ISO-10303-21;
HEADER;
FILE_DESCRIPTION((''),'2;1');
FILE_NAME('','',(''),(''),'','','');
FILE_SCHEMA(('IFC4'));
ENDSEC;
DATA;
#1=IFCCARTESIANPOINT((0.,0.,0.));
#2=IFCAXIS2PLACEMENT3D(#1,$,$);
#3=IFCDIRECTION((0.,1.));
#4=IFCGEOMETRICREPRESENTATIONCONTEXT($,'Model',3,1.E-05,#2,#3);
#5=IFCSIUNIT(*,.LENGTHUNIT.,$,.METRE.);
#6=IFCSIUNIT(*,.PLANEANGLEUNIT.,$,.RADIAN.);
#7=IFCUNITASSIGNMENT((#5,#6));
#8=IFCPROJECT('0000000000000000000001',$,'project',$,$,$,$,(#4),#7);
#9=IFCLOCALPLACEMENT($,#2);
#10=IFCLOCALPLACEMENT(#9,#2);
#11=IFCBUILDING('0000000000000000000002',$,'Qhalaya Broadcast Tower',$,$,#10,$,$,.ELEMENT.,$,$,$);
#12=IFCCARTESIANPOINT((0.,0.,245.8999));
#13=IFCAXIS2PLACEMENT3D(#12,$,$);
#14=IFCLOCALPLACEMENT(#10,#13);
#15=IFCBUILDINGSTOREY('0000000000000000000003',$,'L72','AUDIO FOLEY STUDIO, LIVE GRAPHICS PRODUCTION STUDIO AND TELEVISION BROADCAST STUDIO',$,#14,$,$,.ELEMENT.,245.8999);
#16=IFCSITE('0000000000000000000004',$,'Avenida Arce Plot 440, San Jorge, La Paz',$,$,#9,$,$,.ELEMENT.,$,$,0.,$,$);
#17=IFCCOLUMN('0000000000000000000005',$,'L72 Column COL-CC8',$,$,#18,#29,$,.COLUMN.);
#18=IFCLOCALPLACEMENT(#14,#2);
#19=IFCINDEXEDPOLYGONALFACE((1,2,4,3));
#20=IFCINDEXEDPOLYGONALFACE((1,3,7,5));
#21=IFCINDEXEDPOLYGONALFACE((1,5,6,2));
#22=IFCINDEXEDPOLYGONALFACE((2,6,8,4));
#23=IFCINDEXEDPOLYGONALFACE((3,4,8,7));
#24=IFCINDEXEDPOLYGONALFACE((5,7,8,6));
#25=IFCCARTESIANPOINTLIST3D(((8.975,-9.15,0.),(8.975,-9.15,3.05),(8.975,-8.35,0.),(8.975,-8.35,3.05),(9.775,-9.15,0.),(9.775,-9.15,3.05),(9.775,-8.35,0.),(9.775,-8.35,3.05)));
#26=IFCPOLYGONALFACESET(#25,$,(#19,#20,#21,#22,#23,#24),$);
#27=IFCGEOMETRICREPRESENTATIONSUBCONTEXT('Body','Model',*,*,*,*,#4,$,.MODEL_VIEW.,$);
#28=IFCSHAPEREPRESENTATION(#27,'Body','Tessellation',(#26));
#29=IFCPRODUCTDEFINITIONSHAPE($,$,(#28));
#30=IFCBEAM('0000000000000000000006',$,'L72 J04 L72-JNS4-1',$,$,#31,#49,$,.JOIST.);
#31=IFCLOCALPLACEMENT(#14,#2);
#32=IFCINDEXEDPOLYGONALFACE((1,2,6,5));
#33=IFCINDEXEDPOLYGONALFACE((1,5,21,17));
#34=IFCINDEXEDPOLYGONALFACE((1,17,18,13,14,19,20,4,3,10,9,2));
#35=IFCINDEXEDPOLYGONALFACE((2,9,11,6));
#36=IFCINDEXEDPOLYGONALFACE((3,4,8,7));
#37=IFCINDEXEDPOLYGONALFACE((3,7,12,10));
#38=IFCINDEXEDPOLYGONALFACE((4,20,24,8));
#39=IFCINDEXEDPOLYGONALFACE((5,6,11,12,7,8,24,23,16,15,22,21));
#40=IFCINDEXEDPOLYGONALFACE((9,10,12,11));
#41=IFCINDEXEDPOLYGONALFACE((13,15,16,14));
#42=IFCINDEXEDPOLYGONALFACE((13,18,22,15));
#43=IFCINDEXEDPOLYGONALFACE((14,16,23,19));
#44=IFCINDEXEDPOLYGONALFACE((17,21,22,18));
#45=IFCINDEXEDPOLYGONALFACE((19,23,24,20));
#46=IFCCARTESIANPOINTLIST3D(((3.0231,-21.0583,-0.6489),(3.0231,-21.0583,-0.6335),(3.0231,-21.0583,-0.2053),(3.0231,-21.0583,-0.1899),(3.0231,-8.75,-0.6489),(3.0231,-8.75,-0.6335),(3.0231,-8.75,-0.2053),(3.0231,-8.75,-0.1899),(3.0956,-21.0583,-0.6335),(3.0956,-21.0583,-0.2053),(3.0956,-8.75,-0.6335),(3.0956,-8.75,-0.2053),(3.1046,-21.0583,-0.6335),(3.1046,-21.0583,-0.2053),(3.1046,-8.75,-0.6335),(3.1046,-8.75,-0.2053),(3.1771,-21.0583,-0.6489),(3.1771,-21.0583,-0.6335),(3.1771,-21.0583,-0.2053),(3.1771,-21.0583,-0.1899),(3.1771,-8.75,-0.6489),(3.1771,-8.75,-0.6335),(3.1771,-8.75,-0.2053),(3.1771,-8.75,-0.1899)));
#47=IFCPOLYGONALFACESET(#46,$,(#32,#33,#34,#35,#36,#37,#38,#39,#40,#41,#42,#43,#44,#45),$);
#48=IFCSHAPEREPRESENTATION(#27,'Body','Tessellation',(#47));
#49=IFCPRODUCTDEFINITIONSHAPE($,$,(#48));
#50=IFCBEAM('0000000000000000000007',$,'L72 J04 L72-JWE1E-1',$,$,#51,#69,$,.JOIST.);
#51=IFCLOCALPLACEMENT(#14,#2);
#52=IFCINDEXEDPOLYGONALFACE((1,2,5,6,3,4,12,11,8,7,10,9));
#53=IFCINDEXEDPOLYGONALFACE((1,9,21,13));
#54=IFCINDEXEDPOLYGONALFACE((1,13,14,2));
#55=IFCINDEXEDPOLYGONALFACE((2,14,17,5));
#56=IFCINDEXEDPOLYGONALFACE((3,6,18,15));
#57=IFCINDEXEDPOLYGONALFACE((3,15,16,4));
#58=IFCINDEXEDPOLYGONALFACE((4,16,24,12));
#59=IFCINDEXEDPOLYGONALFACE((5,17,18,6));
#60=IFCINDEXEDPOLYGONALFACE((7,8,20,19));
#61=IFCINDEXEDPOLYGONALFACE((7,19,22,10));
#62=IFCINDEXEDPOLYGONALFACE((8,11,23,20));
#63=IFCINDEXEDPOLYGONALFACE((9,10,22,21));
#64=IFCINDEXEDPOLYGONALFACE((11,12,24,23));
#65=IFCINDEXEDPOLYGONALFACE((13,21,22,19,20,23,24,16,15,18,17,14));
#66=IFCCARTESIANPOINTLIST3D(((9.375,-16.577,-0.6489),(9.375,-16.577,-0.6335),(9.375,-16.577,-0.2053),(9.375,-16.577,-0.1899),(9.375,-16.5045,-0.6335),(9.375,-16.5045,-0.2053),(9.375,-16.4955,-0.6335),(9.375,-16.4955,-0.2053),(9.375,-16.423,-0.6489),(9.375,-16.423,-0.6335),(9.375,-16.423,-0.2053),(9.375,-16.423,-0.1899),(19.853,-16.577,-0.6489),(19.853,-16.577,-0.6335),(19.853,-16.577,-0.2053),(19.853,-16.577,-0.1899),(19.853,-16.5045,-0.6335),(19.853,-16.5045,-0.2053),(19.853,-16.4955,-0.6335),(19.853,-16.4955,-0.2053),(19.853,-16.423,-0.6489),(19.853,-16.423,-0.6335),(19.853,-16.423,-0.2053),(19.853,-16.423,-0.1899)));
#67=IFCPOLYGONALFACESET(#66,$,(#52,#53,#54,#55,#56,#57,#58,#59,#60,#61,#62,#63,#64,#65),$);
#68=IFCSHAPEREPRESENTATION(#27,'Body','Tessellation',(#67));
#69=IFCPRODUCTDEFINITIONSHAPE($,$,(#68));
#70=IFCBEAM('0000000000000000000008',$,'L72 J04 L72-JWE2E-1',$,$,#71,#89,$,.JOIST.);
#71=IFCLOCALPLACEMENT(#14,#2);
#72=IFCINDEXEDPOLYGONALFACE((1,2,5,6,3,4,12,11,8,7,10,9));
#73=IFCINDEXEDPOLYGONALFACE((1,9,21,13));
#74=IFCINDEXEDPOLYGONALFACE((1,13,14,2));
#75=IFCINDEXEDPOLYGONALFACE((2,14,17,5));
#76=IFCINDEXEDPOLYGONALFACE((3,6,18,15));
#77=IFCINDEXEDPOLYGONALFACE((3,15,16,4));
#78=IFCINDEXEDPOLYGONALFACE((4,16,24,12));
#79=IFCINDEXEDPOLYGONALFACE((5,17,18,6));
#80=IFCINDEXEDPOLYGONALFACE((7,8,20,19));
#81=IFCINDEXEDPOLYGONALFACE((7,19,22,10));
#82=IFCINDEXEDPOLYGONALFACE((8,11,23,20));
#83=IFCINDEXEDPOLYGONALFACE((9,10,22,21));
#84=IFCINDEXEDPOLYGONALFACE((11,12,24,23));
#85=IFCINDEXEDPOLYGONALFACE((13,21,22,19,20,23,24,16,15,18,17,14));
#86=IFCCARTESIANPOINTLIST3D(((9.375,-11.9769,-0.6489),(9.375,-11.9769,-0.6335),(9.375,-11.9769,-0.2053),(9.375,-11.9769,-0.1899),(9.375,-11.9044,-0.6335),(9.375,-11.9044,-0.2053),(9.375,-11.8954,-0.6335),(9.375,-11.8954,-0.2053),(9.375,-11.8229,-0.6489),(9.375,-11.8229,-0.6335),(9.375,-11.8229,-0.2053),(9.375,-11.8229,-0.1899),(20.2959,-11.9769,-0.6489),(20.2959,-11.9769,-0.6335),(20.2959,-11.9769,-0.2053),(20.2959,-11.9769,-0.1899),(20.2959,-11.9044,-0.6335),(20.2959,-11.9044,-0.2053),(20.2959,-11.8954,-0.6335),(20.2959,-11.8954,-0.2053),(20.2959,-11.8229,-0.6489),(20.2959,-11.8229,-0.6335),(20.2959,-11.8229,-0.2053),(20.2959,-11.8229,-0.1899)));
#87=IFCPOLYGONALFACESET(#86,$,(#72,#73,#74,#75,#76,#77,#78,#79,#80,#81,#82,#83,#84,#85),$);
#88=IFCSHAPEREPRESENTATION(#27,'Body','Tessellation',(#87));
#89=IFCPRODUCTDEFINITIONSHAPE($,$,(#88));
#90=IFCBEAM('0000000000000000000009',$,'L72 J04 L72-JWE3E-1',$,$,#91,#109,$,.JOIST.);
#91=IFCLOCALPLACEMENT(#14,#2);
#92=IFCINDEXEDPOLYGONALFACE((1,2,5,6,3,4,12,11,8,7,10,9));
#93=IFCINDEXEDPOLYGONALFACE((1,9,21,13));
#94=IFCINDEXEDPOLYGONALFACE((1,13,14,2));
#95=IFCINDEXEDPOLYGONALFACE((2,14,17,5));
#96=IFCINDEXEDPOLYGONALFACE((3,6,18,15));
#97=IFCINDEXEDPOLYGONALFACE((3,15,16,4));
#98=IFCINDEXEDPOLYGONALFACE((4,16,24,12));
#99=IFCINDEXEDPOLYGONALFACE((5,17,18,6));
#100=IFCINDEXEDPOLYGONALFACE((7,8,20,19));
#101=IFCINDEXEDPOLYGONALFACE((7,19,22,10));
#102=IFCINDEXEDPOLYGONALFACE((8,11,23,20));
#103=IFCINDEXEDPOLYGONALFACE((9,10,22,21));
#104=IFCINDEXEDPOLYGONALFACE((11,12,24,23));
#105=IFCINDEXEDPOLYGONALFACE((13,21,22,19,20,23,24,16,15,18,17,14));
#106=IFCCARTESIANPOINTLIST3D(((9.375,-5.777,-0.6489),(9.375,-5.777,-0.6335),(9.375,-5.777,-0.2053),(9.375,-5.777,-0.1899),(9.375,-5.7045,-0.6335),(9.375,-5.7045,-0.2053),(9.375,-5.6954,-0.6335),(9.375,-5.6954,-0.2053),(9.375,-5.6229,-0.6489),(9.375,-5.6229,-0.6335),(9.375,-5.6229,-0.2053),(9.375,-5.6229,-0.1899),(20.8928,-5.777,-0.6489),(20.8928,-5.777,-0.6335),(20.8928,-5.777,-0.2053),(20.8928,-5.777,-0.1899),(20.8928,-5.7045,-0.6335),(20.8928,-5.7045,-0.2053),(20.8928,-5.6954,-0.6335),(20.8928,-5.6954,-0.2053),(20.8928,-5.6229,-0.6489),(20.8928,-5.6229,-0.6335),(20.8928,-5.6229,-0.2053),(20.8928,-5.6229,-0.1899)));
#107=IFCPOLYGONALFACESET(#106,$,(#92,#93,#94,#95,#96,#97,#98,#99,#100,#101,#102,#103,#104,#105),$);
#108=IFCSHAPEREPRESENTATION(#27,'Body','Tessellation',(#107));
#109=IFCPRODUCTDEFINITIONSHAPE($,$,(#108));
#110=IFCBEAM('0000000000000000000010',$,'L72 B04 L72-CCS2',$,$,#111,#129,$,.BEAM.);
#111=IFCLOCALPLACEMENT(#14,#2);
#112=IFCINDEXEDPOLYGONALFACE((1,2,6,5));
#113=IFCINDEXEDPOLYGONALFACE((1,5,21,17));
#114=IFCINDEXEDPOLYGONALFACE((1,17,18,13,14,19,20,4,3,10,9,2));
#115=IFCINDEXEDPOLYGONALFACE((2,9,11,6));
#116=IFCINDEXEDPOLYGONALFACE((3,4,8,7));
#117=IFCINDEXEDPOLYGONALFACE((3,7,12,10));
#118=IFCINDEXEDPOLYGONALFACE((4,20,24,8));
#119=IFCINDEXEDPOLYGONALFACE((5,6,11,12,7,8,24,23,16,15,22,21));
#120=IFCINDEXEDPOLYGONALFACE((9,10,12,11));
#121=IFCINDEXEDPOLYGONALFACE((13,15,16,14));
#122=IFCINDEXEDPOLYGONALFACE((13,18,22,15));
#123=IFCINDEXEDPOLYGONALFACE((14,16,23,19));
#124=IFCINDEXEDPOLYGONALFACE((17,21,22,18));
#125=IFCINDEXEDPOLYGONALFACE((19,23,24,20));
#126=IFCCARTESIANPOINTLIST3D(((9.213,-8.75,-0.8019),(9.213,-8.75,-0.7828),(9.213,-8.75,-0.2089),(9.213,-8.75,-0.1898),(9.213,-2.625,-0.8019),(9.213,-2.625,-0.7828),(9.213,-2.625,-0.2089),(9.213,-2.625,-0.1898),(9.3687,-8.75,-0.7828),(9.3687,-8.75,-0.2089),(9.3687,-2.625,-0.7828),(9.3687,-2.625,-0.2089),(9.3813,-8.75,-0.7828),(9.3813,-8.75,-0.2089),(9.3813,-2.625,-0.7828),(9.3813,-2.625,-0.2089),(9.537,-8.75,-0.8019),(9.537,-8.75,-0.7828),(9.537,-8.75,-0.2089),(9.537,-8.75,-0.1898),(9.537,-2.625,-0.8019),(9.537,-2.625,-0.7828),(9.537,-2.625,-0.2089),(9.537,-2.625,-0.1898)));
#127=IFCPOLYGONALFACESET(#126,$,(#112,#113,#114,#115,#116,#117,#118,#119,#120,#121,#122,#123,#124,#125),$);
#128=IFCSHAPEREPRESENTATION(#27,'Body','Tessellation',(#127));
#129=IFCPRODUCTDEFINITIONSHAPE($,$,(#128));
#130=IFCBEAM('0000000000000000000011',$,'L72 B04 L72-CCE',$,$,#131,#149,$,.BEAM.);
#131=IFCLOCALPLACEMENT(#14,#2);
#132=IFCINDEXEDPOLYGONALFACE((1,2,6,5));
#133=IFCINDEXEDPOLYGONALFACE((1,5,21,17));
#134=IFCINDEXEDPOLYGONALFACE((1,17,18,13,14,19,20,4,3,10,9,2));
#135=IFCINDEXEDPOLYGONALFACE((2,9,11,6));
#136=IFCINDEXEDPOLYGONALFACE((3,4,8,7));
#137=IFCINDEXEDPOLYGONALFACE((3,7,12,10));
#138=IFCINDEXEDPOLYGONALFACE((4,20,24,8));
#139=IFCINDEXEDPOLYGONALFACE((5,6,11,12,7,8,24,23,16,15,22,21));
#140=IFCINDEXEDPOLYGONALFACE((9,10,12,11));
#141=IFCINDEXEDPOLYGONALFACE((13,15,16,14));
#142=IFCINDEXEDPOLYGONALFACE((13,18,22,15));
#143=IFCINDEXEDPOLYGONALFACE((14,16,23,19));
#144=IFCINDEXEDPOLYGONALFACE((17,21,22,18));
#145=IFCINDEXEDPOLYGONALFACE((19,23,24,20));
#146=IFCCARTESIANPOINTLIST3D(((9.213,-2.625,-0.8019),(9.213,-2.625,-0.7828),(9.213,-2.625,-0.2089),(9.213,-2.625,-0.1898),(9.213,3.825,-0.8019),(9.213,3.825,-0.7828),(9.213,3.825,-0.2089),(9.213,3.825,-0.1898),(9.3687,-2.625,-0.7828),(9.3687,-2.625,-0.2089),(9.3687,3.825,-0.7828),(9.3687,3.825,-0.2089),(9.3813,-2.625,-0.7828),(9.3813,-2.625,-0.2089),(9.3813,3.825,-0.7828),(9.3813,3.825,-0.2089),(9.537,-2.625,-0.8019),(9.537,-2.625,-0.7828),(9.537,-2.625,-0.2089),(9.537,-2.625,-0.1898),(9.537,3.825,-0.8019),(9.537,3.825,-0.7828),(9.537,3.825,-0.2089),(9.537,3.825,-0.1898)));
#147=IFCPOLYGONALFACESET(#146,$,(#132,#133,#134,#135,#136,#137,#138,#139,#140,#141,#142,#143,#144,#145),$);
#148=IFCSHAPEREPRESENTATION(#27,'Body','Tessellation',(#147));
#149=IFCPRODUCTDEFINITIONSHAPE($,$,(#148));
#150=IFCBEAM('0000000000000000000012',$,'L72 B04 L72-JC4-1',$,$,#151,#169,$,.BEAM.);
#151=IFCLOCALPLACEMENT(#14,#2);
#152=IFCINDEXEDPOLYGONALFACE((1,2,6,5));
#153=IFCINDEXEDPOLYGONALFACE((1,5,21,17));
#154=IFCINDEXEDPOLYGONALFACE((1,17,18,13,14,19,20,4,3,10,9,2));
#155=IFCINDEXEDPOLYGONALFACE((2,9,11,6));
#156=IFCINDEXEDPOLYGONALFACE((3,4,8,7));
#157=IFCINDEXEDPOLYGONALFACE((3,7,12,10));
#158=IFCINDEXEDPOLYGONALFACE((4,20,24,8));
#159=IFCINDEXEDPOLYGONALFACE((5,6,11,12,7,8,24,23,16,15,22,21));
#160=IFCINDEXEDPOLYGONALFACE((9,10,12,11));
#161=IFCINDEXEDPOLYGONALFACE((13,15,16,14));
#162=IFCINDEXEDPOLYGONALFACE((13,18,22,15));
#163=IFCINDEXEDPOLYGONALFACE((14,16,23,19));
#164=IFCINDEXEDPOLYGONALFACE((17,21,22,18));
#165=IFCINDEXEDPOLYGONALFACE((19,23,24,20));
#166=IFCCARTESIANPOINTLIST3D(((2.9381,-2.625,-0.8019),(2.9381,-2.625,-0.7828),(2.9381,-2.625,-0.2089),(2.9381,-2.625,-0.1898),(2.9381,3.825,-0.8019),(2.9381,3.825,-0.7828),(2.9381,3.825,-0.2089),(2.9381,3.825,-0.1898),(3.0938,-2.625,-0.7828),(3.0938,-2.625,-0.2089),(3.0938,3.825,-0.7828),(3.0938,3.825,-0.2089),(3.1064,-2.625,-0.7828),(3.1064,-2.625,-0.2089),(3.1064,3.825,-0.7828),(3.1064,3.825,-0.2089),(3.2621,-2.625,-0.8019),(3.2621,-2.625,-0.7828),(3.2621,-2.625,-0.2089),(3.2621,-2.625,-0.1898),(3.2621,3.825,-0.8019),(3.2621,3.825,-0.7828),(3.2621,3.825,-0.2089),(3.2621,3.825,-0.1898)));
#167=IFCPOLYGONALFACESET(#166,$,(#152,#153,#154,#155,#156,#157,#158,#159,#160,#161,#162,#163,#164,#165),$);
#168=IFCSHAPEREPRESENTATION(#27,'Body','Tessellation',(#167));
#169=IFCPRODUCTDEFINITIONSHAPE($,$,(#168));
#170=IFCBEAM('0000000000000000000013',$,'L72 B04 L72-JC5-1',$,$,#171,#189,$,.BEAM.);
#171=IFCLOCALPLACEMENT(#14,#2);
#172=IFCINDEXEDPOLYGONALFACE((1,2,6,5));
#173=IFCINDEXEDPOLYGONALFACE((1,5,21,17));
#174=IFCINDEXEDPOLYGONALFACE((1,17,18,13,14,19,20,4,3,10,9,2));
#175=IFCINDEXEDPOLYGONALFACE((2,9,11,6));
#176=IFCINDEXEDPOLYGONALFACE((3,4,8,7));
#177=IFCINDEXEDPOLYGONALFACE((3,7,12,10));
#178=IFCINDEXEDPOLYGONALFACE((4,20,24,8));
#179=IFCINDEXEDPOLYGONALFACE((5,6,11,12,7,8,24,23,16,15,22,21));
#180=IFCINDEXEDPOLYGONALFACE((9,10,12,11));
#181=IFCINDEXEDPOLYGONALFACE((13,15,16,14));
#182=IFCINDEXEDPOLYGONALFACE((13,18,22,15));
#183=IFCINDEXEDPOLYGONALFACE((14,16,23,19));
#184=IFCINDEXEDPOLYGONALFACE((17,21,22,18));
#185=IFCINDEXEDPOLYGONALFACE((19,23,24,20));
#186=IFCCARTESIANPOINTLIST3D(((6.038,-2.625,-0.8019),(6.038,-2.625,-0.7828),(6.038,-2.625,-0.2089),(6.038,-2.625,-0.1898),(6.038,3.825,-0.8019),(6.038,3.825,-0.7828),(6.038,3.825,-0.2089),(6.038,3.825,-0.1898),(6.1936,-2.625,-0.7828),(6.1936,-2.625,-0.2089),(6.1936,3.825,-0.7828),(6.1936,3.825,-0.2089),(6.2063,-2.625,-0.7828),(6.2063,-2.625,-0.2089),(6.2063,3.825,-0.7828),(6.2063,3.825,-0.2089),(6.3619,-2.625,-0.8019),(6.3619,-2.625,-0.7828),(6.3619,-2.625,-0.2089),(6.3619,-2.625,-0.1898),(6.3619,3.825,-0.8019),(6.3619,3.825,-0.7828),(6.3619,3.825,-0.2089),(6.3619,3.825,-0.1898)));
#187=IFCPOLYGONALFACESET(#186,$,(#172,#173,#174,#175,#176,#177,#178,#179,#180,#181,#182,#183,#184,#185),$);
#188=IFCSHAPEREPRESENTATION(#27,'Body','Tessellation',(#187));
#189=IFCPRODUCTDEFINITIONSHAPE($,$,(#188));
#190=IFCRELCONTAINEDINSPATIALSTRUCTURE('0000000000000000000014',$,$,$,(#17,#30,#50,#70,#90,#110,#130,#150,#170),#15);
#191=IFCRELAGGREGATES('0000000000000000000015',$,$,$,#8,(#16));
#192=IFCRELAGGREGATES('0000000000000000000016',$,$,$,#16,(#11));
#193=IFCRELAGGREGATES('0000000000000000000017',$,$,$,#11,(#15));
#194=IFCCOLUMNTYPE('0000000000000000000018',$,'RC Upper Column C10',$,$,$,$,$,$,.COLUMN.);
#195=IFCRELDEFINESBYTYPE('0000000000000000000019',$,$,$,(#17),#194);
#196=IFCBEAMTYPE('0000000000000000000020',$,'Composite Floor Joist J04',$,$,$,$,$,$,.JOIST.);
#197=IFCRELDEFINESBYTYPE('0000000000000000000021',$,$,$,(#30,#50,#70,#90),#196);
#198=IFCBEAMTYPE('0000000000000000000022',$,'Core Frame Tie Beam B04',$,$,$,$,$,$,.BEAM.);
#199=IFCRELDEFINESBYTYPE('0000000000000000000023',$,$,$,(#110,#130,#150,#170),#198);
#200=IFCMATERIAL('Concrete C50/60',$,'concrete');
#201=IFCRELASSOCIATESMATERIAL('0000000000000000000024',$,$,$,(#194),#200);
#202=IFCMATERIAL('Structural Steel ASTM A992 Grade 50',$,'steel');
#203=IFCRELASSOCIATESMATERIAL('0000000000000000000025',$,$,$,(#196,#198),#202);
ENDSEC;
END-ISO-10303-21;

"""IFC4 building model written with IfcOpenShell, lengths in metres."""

from ifc_helpers import new_model, si_unit, direction, frame, origin, origin_2d, place, context, subcontext, project, spatial, rectangle, i_section, extrude, material, material_profile, profile_set, type_object, element, save


model = new_model("IFC4")

# Units and contexts
model_context = context("Model", 3, precision=1e-05, world=origin(), true_north=direction((0.0, 1.0)))
body_context = subcontext(model_context, "Body", "Model", "MODEL_VIEW")
ifc_project = project(units=[si_unit("LENGTHUNIT", "METRE"), si_unit("PLANEANGLEUNIT", "RADIAN")], contexts=[model_context])

# Site, building, storey
site_placement = place(None, origin())
site = spatial("IfcSite", under=ifc_project, at=site_placement, Name="Avenida Arce Plot 440, San Jorge, La Paz", CompositionType="ELEMENT", RefElevation=0.0)
building_placement = place(site_placement, origin())
building = spatial("IfcBuilding", under=site, at=building_placement, Name="Qhalaya Broadcast Tower", CompositionType="ELEMENT")
storey_placement = place(building_placement, frame((0.0, 0.0, 245.8999)))
storey = spatial("IfcBuildingStorey", under=building, at=storey_placement, Name="L72", Description="AUDIO FOLEY STUDIO, LIVE GRAPHICS PRODUCTION STUDIO AND TELEVISION BROADCAST STUDIO", CompositionType="ELEMENT", Elevation=245.8999)

# Column
ifc_material_1 = material(Name="Concrete C50/60", Category="concrete")
ifc_material_profile_1 = material_profile(ifc_material_1, rectangle(XDim=0.8, YDim=0.8, at=origin_2d()), Name="RC-COL 800x800")
ifc_profile_set_1 = profile_set([ifc_material_profile_1], Name="Concrete C50/60")
column_type = type_object("IfcColumnType", Name="RC Upper Column C10", PredefinedType="COLUMN", material=ifc_profile_set_1)
column_placement = place(storey_placement, frame((9.375, -8.75, 0.0), z_axis=(0.0, 0.0, 1.0), x_axis=(1.0, 0.0, 0.0)))
element("IfcColumn", 1, at=column_placement, inside=storey, type_object=column_type, Name="L72 Column COL-CC8", PredefinedType="COLUMN", context=body_context, shape_type="SweptSolid", body=[
    extrude(rectangle(XDim=0.8, YDim=0.8, at=origin_2d()), origin(), (0.0, 0.0, 1.0), 3.05),
])

# Beams
ifc_material_2 = material(Name="Structural Steel ASTM A992 Grade 50", Category="steel")
ifc_material_profile_2 = material_profile(ifc_material_2, i_section(OverallWidth=0.1541, OverallDepth=0.459, WebThickness=0.009, FlangeThickness=0.0154, at=origin_2d()), Name="W18X46")
ifc_profile_set_2 = profile_set([ifc_material_profile_2], Name="Structural Steel ASTM A992 Grade 50")
beam_type_1 = type_object("IfcBeamType", Name="Composite Floor Joist J04", PredefinedType="JOIST", material=ifc_profile_set_2)
beam_1_placement = place(storey_placement, frame((3.1001, -21.0583, -0.4194), z_axis=(0.0, 1.0, 0.0), x_axis=(-1.0, 0.0, 0.0)))
element("IfcBeam", 2, at=beam_1_placement, inside=storey, type_object=beam_type_1, Name="L72 J04 L72-JNS4-1", PredefinedType="JOIST", context=body_context, shape_type="SweptSolid", body=[
    extrude(i_section(OverallWidth=0.1541, OverallDepth=0.459, WebThickness=0.009, FlangeThickness=0.0154, at=origin_2d()), origin(), (0.0, 0.0, 1.0), 12.3083),
])
beam_2_placement = place(storey_placement, frame((9.375, -16.5, -0.4194), z_axis=(1.0, 0.0, 0.0), x_axis=(0.0, 1.0, 0.0)))
element("IfcBeam", 3, at=beam_2_placement, inside=storey, type_object=beam_type_1, Name="L72 J04 L72-JWE1E-1", PredefinedType="JOIST", context=body_context, shape_type="SweptSolid", body=[
    extrude(i_section(OverallWidth=0.1541, OverallDepth=0.459, WebThickness=0.009, FlangeThickness=0.0154, at=origin_2d()), origin(), (0.0, 0.0, 1.0), 10.478),
])
beam_3_placement = place(storey_placement, frame((9.375, -11.8999, -0.4194), z_axis=(1.0, 0.0, 0.0), x_axis=(0.0, 1.0, 0.0)))
element("IfcBeam", 4, at=beam_3_placement, inside=storey, type_object=beam_type_1, Name="L72 J04 L72-JWE2E-1", PredefinedType="JOIST", context=body_context, shape_type="SweptSolid", body=[
    extrude(i_section(OverallWidth=0.1541, OverallDepth=0.459, WebThickness=0.009, FlangeThickness=0.0154, at=origin_2d()), origin(), (0.0, 0.0, 1.0), 10.9209),
])
beam_4_placement = place(storey_placement, frame((9.375, -5.7, -0.4194), z_axis=(1.0, 0.0, 0.0), x_axis=(0.0, 1.0, 0.0)))
element("IfcBeam", 5, at=beam_4_placement, inside=storey, type_object=beam_type_1, Name="L72 J04 L72-JWE3E-1", PredefinedType="JOIST", context=body_context, shape_type="SweptSolid", body=[
    extrude(i_section(OverallWidth=0.1541, OverallDepth=0.459, WebThickness=0.009, FlangeThickness=0.0154, at=origin_2d()), origin(), (0.0, 0.0, 1.0), 11.5178),
])
ifc_material_profile_3 = material_profile(ifc_material_2, i_section(OverallWidth=0.324, OverallDepth=0.6121, WebThickness=0.0127, FlangeThickness=0.019, at=origin_2d()), Name="W24X104")
ifc_profile_set_3 = profile_set([ifc_material_profile_3], Name="Structural Steel ASTM A992 Grade 50")
beam_type_2 = type_object("IfcBeamType", Name="Core Frame Tie Beam B04", PredefinedType="BEAM", material=ifc_profile_set_3)
beam_5_placement = place(storey_placement, frame((9.375, -8.75, -0.4958), z_axis=(0.0, 1.0, 0.0), x_axis=(-1.0, 0.0, 0.0)))
element("IfcBeam", 6, at=beam_5_placement, inside=storey, type_object=beam_type_2, Name="L72 B04 L72-CCS2", PredefinedType="BEAM", context=body_context, shape_type="SweptSolid", body=[
    extrude(i_section(OverallWidth=0.324, OverallDepth=0.6121, WebThickness=0.0127, FlangeThickness=0.019, at=origin_2d()), origin(), (0.0, 0.0, 1.0), 6.125),
])
for number, where, z_axis, x_axis, name in (
    (7, (9.375, -2.625, -0.4958), (0.0, 1.0, 0.0), (-1.0, 0.0, 0.0), "L72 B04 L72-CCE"),
    (8, (3.1001, -2.625, -0.4958), (0.0, 1.0, 0.0), (-1.0, 0.0, 0.0), "L72 B04 L72-JC4-1"),
    (9, (6.2, -2.625, -0.4958), (0.0, 1.0, 0.0), (-1.0, 0.0, 0.0), "L72 B04 L72-JC5-1"),
):
    element("IfcBeam", number, at=place(storey_placement, frame(where, z_axis=z_axis, x_axis=x_axis)), inside=storey, type_object=beam_type_2, Name=name, PredefinedType="BEAM", context=body_context, shape_type="SweptSolid", body=[
        extrude(i_section(OverallWidth=0.324, OverallDepth=0.6121, WebThickness=0.0127, FlangeThickness=0.019, at=origin_2d()), origin(), (0.0, 0.0, 1.0), 6.45),
    ])

save(model, "model.ifc")
